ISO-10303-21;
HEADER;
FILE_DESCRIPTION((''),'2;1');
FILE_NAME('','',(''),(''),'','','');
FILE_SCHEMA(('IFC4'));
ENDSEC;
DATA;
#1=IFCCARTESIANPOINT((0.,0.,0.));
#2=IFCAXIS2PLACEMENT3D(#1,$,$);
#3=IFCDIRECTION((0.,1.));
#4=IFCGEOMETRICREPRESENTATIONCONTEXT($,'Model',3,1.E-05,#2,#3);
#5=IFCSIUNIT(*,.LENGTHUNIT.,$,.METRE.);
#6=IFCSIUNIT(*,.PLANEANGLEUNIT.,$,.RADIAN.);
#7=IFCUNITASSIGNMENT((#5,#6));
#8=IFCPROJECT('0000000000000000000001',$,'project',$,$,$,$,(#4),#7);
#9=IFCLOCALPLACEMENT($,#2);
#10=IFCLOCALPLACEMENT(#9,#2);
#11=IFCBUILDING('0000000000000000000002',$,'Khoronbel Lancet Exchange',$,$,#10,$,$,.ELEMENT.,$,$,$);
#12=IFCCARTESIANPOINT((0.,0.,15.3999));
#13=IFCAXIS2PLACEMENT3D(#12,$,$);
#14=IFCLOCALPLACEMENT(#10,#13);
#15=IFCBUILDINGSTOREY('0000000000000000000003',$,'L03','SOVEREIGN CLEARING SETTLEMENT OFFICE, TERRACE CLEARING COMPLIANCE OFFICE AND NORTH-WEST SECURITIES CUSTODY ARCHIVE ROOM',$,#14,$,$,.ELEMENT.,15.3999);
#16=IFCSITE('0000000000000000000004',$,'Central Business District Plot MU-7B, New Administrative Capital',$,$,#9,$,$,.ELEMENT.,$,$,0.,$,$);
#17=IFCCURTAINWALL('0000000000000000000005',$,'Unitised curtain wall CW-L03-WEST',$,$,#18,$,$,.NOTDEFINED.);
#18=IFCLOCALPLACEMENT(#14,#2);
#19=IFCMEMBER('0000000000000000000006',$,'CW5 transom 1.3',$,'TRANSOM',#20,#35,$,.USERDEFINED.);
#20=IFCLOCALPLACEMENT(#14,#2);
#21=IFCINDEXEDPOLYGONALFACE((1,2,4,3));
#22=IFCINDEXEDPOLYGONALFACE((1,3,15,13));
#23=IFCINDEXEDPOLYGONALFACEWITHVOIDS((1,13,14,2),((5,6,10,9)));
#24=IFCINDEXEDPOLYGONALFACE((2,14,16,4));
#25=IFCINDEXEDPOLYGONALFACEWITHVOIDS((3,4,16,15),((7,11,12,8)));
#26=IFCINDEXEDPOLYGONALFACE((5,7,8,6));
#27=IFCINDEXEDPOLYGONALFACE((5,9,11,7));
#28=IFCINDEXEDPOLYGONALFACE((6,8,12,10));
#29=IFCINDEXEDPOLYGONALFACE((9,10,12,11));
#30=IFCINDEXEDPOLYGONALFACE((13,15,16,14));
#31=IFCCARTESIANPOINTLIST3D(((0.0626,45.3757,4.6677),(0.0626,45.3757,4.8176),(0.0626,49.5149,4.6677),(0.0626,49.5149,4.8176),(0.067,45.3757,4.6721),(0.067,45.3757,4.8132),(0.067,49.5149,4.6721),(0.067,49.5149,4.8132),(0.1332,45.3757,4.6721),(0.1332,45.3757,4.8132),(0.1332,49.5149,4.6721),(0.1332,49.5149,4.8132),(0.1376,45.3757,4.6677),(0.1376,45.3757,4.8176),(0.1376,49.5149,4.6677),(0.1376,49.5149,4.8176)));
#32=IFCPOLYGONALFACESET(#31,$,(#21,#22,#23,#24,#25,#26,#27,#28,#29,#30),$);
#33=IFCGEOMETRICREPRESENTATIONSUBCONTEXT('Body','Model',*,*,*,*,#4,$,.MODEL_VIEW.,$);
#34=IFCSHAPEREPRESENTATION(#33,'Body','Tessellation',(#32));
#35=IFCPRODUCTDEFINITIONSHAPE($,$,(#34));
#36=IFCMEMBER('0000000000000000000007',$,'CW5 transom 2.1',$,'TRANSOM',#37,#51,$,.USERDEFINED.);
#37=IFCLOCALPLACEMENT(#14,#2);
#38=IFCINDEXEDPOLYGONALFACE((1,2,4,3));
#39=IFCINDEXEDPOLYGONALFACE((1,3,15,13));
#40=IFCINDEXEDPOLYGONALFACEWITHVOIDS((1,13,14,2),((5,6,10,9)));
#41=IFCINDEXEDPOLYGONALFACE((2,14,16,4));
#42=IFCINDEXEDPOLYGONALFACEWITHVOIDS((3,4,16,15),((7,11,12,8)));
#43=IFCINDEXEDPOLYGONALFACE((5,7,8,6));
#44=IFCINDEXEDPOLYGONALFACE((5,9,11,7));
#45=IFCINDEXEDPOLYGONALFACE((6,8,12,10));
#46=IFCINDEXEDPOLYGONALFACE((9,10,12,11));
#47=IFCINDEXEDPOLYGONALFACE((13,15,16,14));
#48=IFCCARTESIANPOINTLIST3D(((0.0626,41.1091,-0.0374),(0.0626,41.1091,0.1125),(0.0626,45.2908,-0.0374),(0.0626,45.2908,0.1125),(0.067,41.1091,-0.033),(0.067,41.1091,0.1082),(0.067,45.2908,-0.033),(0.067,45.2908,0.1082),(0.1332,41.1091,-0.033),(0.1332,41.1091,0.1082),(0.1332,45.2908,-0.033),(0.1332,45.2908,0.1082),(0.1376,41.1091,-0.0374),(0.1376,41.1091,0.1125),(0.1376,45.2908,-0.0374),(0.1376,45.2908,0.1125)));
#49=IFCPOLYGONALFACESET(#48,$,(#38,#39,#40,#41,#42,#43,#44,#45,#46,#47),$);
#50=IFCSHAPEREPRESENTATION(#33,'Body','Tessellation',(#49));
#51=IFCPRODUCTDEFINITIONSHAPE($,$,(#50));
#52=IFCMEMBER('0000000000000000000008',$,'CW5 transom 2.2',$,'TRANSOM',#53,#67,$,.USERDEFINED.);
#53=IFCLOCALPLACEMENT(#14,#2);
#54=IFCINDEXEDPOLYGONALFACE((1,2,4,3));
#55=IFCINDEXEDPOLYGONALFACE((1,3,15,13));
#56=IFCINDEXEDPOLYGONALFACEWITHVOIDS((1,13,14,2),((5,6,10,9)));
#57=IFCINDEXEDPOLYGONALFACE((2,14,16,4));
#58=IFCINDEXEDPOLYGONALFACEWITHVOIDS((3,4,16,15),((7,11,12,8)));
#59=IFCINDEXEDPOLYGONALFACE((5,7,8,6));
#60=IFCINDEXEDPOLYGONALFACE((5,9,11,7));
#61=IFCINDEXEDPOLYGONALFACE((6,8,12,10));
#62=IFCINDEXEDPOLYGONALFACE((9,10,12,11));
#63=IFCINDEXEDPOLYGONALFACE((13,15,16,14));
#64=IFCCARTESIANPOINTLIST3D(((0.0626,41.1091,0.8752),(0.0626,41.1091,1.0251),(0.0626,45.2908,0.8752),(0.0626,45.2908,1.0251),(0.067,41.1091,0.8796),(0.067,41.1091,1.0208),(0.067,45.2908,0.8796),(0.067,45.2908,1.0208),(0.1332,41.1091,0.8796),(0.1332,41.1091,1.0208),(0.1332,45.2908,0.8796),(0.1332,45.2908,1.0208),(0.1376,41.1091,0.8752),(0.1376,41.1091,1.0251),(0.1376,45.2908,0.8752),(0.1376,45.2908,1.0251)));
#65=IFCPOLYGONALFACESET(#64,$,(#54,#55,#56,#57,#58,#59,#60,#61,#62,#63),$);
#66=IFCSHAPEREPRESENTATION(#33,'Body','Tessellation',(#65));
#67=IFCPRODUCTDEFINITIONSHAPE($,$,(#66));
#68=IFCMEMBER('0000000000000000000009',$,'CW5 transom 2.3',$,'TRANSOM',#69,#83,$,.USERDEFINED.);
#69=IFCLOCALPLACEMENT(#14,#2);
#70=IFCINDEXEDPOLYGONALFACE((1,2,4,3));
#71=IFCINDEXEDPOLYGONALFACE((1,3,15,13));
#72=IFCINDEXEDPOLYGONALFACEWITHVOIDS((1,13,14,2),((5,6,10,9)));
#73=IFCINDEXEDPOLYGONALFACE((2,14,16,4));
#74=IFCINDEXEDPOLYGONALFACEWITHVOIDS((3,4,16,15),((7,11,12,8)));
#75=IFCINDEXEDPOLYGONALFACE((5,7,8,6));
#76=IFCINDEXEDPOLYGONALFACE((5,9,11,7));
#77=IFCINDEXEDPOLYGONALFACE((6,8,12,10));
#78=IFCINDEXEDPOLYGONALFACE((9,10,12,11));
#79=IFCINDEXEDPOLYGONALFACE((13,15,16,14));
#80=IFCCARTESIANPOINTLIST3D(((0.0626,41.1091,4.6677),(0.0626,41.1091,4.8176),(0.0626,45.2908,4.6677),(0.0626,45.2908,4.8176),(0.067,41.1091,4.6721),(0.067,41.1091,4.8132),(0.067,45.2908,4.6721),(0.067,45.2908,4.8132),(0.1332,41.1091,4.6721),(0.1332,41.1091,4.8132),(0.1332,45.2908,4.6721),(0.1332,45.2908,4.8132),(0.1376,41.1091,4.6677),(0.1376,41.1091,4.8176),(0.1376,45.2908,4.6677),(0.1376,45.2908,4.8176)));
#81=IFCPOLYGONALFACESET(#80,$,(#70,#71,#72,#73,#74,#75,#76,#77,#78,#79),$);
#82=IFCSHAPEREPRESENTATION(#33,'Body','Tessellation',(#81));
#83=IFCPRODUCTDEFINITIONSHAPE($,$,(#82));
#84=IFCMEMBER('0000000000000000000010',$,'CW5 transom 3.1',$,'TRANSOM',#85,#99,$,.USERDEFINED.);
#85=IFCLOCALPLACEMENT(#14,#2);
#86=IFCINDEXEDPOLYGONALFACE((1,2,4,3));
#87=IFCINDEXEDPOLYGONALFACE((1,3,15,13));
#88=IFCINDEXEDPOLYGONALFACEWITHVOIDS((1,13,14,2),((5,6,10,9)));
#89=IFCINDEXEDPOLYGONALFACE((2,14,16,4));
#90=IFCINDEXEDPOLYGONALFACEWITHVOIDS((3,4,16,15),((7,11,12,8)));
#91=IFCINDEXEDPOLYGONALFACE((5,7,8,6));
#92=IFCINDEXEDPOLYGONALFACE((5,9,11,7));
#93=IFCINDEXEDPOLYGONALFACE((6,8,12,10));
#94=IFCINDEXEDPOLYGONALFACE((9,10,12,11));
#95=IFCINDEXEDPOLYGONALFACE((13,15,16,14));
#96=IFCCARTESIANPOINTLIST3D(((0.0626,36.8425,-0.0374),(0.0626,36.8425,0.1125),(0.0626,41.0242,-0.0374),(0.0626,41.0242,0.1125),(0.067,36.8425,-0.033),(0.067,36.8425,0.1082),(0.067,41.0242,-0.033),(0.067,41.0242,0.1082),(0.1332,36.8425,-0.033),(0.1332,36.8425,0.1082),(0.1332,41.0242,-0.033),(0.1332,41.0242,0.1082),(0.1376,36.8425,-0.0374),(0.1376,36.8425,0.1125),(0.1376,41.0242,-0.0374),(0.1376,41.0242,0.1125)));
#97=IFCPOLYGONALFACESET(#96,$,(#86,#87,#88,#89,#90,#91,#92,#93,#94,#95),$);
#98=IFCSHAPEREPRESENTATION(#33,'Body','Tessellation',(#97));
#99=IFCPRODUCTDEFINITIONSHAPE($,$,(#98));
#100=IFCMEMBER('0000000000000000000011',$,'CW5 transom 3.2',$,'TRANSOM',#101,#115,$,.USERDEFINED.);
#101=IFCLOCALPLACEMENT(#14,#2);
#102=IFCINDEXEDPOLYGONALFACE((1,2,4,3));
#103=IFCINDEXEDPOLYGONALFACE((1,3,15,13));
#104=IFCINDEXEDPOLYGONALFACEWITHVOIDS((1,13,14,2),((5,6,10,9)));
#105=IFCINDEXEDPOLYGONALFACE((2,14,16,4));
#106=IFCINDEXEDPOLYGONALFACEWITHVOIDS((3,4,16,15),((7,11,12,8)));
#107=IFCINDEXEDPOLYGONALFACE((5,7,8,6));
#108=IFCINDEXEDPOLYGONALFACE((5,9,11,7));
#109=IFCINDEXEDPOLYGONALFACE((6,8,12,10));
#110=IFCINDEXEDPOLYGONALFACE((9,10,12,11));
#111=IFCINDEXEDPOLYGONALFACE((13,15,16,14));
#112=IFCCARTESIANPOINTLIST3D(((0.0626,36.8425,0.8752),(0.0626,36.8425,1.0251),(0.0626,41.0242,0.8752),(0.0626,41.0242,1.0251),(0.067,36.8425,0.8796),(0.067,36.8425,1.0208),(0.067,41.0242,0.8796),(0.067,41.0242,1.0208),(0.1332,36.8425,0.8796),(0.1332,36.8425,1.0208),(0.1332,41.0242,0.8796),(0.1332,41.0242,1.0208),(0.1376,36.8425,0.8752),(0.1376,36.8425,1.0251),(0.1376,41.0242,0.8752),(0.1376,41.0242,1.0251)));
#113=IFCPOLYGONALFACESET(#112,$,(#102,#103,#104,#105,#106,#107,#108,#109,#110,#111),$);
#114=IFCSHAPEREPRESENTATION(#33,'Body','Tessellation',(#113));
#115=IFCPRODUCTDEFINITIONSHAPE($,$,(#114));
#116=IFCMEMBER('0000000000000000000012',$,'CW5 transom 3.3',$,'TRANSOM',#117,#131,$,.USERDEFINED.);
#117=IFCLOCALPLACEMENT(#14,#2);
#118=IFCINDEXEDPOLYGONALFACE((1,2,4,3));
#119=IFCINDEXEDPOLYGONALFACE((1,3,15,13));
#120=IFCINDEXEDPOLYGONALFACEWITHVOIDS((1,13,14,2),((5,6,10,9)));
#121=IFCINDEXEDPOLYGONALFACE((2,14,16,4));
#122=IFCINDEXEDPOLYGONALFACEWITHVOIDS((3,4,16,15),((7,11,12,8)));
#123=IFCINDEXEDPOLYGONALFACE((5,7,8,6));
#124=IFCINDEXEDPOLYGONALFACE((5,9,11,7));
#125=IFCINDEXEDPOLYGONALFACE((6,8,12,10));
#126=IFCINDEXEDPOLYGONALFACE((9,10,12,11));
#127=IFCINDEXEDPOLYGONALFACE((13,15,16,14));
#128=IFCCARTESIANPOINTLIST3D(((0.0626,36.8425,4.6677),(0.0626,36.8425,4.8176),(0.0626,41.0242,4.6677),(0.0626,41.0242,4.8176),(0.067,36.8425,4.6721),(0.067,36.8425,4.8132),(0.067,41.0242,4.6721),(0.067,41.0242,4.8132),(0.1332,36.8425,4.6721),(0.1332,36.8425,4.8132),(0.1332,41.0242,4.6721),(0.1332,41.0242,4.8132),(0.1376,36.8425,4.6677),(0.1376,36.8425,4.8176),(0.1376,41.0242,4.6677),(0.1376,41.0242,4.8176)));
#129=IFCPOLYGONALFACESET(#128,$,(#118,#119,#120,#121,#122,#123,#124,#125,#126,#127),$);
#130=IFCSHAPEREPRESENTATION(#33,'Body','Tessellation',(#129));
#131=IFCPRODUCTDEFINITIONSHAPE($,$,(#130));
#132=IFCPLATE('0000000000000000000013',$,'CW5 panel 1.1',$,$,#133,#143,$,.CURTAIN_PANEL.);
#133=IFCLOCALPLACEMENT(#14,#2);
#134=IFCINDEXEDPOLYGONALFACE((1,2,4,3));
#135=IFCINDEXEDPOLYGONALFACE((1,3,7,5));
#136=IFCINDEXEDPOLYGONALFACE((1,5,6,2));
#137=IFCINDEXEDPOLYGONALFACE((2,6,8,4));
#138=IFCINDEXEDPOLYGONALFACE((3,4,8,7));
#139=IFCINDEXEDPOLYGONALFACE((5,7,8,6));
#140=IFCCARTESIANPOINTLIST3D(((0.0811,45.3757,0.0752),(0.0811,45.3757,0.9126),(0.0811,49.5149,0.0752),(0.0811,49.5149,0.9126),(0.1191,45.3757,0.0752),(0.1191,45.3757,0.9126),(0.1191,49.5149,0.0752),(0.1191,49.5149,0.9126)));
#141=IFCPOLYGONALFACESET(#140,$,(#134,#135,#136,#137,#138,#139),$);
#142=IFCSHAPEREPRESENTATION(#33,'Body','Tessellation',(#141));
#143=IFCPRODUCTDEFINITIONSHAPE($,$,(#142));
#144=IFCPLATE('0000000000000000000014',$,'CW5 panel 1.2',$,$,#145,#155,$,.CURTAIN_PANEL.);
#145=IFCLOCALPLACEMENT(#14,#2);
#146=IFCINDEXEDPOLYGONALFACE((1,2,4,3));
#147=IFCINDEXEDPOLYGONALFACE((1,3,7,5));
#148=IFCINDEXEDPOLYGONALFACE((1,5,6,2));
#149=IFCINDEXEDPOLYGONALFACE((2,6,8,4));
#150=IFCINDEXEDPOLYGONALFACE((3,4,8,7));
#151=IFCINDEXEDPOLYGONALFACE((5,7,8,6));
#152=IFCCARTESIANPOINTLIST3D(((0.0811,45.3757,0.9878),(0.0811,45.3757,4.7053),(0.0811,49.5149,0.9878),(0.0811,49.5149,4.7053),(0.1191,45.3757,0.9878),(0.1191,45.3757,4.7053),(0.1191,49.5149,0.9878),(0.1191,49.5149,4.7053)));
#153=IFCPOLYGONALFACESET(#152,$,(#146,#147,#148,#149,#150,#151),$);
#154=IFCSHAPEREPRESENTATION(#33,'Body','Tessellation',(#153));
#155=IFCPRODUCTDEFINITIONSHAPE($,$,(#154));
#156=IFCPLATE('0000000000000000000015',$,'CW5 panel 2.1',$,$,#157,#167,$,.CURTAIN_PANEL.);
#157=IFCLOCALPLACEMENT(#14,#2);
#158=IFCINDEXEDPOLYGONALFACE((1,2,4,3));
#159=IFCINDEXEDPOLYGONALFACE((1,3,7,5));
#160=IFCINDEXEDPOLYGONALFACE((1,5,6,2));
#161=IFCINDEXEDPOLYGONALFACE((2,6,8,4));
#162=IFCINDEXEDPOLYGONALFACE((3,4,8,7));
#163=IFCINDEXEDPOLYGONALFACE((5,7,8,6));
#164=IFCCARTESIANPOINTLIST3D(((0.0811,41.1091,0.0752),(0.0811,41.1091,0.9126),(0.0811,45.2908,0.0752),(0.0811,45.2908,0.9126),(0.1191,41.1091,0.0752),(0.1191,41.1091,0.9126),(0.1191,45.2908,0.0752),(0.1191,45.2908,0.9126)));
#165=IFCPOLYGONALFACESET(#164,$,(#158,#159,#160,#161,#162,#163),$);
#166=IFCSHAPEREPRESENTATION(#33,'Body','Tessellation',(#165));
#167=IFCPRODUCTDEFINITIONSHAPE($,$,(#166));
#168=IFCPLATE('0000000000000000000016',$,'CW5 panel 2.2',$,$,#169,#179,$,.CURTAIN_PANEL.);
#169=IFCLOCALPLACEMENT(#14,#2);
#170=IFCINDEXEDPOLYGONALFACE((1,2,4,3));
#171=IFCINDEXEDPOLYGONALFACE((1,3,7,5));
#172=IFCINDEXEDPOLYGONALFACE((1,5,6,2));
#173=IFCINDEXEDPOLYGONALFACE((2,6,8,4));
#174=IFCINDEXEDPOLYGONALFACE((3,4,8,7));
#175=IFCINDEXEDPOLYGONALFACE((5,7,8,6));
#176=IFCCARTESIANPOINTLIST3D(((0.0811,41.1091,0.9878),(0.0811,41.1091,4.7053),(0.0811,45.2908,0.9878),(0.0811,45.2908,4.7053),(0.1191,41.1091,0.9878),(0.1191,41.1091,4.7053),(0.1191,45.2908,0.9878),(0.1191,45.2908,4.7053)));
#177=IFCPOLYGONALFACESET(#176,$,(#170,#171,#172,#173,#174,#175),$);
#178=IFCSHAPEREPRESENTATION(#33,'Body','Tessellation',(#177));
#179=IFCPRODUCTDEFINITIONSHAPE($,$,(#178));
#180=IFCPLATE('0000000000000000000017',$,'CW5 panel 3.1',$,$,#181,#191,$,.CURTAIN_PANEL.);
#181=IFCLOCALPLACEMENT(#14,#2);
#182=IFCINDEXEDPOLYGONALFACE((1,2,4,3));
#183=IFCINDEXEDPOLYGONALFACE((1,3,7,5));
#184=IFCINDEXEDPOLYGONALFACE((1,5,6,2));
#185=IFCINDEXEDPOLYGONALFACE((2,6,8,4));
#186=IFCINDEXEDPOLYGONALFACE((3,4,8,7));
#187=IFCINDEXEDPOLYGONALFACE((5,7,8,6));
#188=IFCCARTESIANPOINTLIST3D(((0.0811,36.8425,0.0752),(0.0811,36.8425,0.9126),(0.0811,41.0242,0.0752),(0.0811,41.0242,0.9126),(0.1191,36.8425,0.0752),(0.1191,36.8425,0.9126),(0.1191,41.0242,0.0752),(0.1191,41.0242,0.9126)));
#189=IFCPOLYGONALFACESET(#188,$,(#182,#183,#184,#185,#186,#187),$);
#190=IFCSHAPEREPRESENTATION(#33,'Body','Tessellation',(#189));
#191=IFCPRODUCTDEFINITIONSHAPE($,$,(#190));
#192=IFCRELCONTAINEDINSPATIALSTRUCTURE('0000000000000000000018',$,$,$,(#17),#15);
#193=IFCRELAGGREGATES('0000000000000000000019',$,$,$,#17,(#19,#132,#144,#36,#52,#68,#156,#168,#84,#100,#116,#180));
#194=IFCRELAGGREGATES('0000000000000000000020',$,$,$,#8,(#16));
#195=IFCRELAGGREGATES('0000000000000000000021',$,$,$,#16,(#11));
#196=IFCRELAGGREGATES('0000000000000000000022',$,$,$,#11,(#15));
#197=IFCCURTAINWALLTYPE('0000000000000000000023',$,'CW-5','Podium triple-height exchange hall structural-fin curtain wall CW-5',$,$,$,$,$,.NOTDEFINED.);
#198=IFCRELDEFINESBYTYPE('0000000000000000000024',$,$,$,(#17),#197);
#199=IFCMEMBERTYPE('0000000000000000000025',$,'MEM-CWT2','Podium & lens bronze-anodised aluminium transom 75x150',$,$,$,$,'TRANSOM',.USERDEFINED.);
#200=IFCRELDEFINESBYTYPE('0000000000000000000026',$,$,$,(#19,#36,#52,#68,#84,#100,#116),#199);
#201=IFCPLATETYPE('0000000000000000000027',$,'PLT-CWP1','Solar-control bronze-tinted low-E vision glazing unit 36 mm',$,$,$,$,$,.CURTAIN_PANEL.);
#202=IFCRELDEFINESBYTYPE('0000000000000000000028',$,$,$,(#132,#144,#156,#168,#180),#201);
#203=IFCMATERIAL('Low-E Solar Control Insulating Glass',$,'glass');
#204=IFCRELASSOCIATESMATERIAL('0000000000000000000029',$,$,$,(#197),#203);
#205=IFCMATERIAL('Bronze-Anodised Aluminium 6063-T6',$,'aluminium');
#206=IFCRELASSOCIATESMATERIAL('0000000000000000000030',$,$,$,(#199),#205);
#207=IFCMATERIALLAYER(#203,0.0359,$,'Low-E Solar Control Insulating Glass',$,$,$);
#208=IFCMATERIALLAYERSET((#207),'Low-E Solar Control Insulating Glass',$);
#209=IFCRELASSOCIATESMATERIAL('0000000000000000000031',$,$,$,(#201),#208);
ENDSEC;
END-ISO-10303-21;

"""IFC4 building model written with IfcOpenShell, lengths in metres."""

from ifc_helpers import new_model, si_unit, direction, frame, origin, origin_2d, place, context, subcontext, project, spatial, rectangle, hollow_rectangle, extrude, material, layer, layer_set, material_profile, profile_set, type_object, element, aggregate, save


model = new_model("IFC4")

# Units and contexts
model_context = context("Model", 3, precision=1e-05, world=origin(), true_north=direction((0.0, 1.0)))
body_context = subcontext(model_context, "Body", "Model", "MODEL_VIEW")
ifc_project = project(units=[si_unit("LENGTHUNIT", "METRE"), si_unit("PLANEANGLEUNIT", "RADIAN")], contexts=[model_context])

# Site, building, storey
site_placement = place(None, origin())
site = spatial("IfcSite", under=ifc_project, at=site_placement, Name="Central Business District Plot MU-7B, New Administrative Capital", CompositionType="ELEMENT", RefElevation=0.0)
building_placement = place(site_placement, origin())
building = spatial("IfcBuilding", under=site, at=building_placement, Name="Khoronbel Lancet Exchange", CompositionType="ELEMENT")
storey_placement = place(building_placement, frame((0.0, 0.0, 15.3999)))
storey = spatial("IfcBuildingStorey", under=building, at=storey_placement, Name="L03", Description="SOVEREIGN CLEARING SETTLEMENT OFFICE, TERRACE CLEARING COMPLIANCE OFFICE AND NORTH-WEST SECURITIES CUSTODY ARCHIVE ROOM", CompositionType="ELEMENT", Elevation=15.3999)

# Curtain wall, members, plates
ifc_material_1 = material(Name="Low-E Solar Control Insulating Glass", Category="glass")
curtain_wall_type = type_object("IfcCurtainWallType", Name="CW-5", Description="Podium triple-height exchange hall structural-fin curtain wall CW-5", PredefinedType="NOTDEFINED", material=ifc_material_1)
curtain_wall_placement = place(storey_placement, origin())
curtain_wall = element("IfcCurtainWall", 1, at=curtain_wall_placement, inside=storey, type_object=curtain_wall_type, Name="Unitised curtain wall CW-L03-WEST", PredefinedType="NOTDEFINED")
ifc_material_2 = material(Name="Bronze-Anodised Aluminium 6063-T6", Category="aluminium")
ifc_material_profile_1 = material_profile(ifc_material_2, hollow_rectangle(XDim=0.075, YDim=0.1499, WallThickness=0.0044, at=origin_2d()), Name="ALU TRANSOM 75x150")
ifc_profile_set_1 = profile_set([ifc_material_profile_1], Name="Bronze-Anodised Aluminium 6063-T6")
member_type_1 = type_object("IfcMemberType", Name="MEM-CWT2", Description="Podium & lens bronze-anodised aluminium transom 75x150", ElementType="TRANSOM", PredefinedType="USERDEFINED", material=ifc_profile_set_1)
member_1_placement = place(storey_placement, frame((0.1001, 49.5149, 4.7427), z_axis=(0.0, -1.0, 0.0), x_axis=(1.0, 0.0, 0.0)))
member_1 = element("IfcMember", 2, at=member_1_placement, type_object=member_type_1, Name="CW5 transom 1.3", ObjectType="TRANSOM", PredefinedType="USERDEFINED", context=body_context, shape_type="SweptSolid", body=[
    extrude(hollow_rectangle(XDim=0.075, YDim=0.1499, WallThickness=0.0044, at=origin_2d()), origin(), (0.0, 0.0, 1.0), 4.1392),
])
member_2_placement = place(storey_placement, frame((0.1001, 45.2908, 0.0376), z_axis=(0.0, -1.0, 0.0), x_axis=(1.0, 0.0, 0.0)))
member_2 = element("IfcMember", 3, at=member_2_placement, type_object=member_type_1, Name="CW5 transom 2.1", ObjectType="TRANSOM", PredefinedType="USERDEFINED", context=body_context, shape_type="SweptSolid", body=[
    extrude(hollow_rectangle(XDim=0.075, YDim=0.1499, WallThickness=0.0044, at=origin_2d()), origin(), (0.0, 0.0, 1.0), 4.1816),
])
member_3_placement = place(storey_placement, frame((0.1001, 45.2908, 0.9502), z_axis=(0.0, -1.0, 0.0), x_axis=(1.0, 0.0, 0.0)))
member_3 = element("IfcMember", 4, at=member_3_placement, type_object=member_type_1, Name="CW5 transom 2.2", ObjectType="TRANSOM", PredefinedType="USERDEFINED", context=body_context, shape_type="SweptSolid", body=[
    extrude(hollow_rectangle(XDim=0.075, YDim=0.1499, WallThickness=0.0044, at=origin_2d()), origin(), (0.0, 0.0, 1.0), 4.1816),
])
member_4_placement = place(storey_placement, frame((0.1001, 45.2908, 4.7427), z_axis=(0.0, -1.0, 0.0), x_axis=(1.0, 0.0, 0.0)))
member_4 = element("IfcMember", 5, at=member_4_placement, type_object=member_type_1, Name="CW5 transom 2.3", ObjectType="TRANSOM", PredefinedType="USERDEFINED", context=body_context, shape_type="SweptSolid", body=[
    extrude(hollow_rectangle(XDim=0.075, YDim=0.1499, WallThickness=0.0044, at=origin_2d()), origin(), (0.0, 0.0, 1.0), 4.1816),
])
member_5_placement = place(storey_placement, frame((0.1001, 41.0242, 0.0376), z_axis=(0.0, -1.0, 0.0), x_axis=(1.0, 0.0, 0.0)))
member_5 = element("IfcMember", 6, at=member_5_placement, type_object=member_type_1, Name="CW5 transom 3.1", ObjectType="TRANSOM", PredefinedType="USERDEFINED", context=body_context, shape_type="SweptSolid", body=[
    extrude(hollow_rectangle(XDim=0.075, YDim=0.1499, WallThickness=0.0044, at=origin_2d()), origin(), (0.0, 0.0, 1.0), 4.1816),
])
member_6_placement = place(storey_placement, frame((0.1001, 41.0242, 0.9502), z_axis=(0.0, -1.0, 0.0), x_axis=(1.0, 0.0, 0.0)))
member_6 = element("IfcMember", 7, at=member_6_placement, type_object=member_type_1, Name="CW5 transom 3.2", ObjectType="TRANSOM", PredefinedType="USERDEFINED", context=body_context, shape_type="SweptSolid", body=[
    extrude(hollow_rectangle(XDim=0.075, YDim=0.1499, WallThickness=0.0044, at=origin_2d()), origin(), (0.0, 0.0, 1.0), 4.1816),
])
member_7_placement = place(storey_placement, frame((0.1001, 41.0242, 4.7427), z_axis=(0.0, -1.0, 0.0), x_axis=(1.0, 0.0, 0.0)))
member_7 = element("IfcMember", 8, at=member_7_placement, type_object=member_type_1, Name="CW5 transom 3.3", ObjectType="TRANSOM", PredefinedType="USERDEFINED", context=body_context, shape_type="SweptSolid", body=[
    extrude(hollow_rectangle(XDim=0.075, YDim=0.1499, WallThickness=0.0044, at=origin_2d()), origin(), (0.0, 0.0, 1.0), 4.1816),
])
ifc_layer_1 = layer(ifc_material_1, 0.0359, Name="Low-E Solar Control Insulating Glass")
ifc_layer_set_1 = layer_set([ifc_layer_1], Name="Low-E Solar Control Insulating Glass")
plate_type = type_object("IfcPlateType", Name="PLT-CWP1", Description="Solar-control bronze-tinted low-E vision glazing unit 36 mm", PredefinedType="CURTAIN_PANEL", material=ifc_layer_set_1)
plate_1_placement = place(storey_placement, frame((0.1001, 47.4453, 0.0752), z_axis=(0.0, 0.0, 1.0), x_axis=(0.0, -1.0, 0.0)))
plate_1 = element("IfcPlate", 9, at=plate_1_placement, type_object=plate_type, Name="CW5 panel 1.1", PredefinedType="CURTAIN_PANEL", context=body_context, shape_type="SweptSolid", body=[
    extrude(rectangle(XDim=4.1392, YDim=0.0381, at=origin_2d()), origin(), (0.0, 0.0, 1.0), 0.8374),
])
plate_2_placement = place(storey_placement, frame((0.1001, 47.4453, 0.9878), z_axis=(0.0, 0.0, 1.0), x_axis=(0.0, -1.0, 0.0)))
plate_2 = element("IfcPlate", 10, at=plate_2_placement, type_object=plate_type, Name="CW5 panel 1.2", PredefinedType="CURTAIN_PANEL", context=body_context, shape_type="SweptSolid", body=[
    extrude(rectangle(XDim=4.1392, YDim=0.0381, at=origin_2d()), origin(), (0.0, 0.0, 1.0), 3.7175),
])
plate_3_placement = place(storey_placement, frame((0.1001, 43.2, 0.0752), z_axis=(0.0, 0.0, 1.0), x_axis=(0.0, -1.0, 0.0)))
plate_3 = element("IfcPlate", 11, at=plate_3_placement, type_object=plate_type, Name="CW5 panel 2.1", PredefinedType="CURTAIN_PANEL", context=body_context, shape_type="SweptSolid", body=[
    extrude(rectangle(XDim=4.1816, YDim=0.0381, at=origin_2d()), origin(), (0.0, 0.0, 1.0), 0.8374),
])
plate_4_placement = place(storey_placement, frame((0.1001, 43.2, 0.9878), z_axis=(0.0, 0.0, 1.0), x_axis=(0.0, -1.0, 0.0)))
plate_4 = element("IfcPlate", 12, at=plate_4_placement, type_object=plate_type, Name="CW5 panel 2.2", PredefinedType="CURTAIN_PANEL", context=body_context, shape_type="SweptSolid", body=[
    extrude(rectangle(XDim=4.1816, YDim=0.0381, at=origin_2d()), origin(), (0.0, 0.0, 1.0), 3.7175),
])
plate_5_placement = place(storey_placement, frame((0.1001, 38.9333, 0.0752), z_axis=(0.0, 0.0, 1.0), x_axis=(0.0, -1.0, 0.0)))
plate_5 = element("IfcPlate", 13, at=plate_5_placement, type_object=plate_type, Name="CW5 panel 3.1", PredefinedType="CURTAIN_PANEL", context=body_context, shape_type="SweptSolid", body=[
    extrude(rectangle(XDim=4.1816, YDim=0.0381, at=origin_2d()), origin(), (0.0, 0.0, 1.0), 0.8374),
])
aggregate(curtain_wall, [member_1, plate_1, plate_2, member_2, member_3, member_4, plate_3, plate_4, member_5, member_6, member_7, plate_5])

save(model, "model.ifc")
